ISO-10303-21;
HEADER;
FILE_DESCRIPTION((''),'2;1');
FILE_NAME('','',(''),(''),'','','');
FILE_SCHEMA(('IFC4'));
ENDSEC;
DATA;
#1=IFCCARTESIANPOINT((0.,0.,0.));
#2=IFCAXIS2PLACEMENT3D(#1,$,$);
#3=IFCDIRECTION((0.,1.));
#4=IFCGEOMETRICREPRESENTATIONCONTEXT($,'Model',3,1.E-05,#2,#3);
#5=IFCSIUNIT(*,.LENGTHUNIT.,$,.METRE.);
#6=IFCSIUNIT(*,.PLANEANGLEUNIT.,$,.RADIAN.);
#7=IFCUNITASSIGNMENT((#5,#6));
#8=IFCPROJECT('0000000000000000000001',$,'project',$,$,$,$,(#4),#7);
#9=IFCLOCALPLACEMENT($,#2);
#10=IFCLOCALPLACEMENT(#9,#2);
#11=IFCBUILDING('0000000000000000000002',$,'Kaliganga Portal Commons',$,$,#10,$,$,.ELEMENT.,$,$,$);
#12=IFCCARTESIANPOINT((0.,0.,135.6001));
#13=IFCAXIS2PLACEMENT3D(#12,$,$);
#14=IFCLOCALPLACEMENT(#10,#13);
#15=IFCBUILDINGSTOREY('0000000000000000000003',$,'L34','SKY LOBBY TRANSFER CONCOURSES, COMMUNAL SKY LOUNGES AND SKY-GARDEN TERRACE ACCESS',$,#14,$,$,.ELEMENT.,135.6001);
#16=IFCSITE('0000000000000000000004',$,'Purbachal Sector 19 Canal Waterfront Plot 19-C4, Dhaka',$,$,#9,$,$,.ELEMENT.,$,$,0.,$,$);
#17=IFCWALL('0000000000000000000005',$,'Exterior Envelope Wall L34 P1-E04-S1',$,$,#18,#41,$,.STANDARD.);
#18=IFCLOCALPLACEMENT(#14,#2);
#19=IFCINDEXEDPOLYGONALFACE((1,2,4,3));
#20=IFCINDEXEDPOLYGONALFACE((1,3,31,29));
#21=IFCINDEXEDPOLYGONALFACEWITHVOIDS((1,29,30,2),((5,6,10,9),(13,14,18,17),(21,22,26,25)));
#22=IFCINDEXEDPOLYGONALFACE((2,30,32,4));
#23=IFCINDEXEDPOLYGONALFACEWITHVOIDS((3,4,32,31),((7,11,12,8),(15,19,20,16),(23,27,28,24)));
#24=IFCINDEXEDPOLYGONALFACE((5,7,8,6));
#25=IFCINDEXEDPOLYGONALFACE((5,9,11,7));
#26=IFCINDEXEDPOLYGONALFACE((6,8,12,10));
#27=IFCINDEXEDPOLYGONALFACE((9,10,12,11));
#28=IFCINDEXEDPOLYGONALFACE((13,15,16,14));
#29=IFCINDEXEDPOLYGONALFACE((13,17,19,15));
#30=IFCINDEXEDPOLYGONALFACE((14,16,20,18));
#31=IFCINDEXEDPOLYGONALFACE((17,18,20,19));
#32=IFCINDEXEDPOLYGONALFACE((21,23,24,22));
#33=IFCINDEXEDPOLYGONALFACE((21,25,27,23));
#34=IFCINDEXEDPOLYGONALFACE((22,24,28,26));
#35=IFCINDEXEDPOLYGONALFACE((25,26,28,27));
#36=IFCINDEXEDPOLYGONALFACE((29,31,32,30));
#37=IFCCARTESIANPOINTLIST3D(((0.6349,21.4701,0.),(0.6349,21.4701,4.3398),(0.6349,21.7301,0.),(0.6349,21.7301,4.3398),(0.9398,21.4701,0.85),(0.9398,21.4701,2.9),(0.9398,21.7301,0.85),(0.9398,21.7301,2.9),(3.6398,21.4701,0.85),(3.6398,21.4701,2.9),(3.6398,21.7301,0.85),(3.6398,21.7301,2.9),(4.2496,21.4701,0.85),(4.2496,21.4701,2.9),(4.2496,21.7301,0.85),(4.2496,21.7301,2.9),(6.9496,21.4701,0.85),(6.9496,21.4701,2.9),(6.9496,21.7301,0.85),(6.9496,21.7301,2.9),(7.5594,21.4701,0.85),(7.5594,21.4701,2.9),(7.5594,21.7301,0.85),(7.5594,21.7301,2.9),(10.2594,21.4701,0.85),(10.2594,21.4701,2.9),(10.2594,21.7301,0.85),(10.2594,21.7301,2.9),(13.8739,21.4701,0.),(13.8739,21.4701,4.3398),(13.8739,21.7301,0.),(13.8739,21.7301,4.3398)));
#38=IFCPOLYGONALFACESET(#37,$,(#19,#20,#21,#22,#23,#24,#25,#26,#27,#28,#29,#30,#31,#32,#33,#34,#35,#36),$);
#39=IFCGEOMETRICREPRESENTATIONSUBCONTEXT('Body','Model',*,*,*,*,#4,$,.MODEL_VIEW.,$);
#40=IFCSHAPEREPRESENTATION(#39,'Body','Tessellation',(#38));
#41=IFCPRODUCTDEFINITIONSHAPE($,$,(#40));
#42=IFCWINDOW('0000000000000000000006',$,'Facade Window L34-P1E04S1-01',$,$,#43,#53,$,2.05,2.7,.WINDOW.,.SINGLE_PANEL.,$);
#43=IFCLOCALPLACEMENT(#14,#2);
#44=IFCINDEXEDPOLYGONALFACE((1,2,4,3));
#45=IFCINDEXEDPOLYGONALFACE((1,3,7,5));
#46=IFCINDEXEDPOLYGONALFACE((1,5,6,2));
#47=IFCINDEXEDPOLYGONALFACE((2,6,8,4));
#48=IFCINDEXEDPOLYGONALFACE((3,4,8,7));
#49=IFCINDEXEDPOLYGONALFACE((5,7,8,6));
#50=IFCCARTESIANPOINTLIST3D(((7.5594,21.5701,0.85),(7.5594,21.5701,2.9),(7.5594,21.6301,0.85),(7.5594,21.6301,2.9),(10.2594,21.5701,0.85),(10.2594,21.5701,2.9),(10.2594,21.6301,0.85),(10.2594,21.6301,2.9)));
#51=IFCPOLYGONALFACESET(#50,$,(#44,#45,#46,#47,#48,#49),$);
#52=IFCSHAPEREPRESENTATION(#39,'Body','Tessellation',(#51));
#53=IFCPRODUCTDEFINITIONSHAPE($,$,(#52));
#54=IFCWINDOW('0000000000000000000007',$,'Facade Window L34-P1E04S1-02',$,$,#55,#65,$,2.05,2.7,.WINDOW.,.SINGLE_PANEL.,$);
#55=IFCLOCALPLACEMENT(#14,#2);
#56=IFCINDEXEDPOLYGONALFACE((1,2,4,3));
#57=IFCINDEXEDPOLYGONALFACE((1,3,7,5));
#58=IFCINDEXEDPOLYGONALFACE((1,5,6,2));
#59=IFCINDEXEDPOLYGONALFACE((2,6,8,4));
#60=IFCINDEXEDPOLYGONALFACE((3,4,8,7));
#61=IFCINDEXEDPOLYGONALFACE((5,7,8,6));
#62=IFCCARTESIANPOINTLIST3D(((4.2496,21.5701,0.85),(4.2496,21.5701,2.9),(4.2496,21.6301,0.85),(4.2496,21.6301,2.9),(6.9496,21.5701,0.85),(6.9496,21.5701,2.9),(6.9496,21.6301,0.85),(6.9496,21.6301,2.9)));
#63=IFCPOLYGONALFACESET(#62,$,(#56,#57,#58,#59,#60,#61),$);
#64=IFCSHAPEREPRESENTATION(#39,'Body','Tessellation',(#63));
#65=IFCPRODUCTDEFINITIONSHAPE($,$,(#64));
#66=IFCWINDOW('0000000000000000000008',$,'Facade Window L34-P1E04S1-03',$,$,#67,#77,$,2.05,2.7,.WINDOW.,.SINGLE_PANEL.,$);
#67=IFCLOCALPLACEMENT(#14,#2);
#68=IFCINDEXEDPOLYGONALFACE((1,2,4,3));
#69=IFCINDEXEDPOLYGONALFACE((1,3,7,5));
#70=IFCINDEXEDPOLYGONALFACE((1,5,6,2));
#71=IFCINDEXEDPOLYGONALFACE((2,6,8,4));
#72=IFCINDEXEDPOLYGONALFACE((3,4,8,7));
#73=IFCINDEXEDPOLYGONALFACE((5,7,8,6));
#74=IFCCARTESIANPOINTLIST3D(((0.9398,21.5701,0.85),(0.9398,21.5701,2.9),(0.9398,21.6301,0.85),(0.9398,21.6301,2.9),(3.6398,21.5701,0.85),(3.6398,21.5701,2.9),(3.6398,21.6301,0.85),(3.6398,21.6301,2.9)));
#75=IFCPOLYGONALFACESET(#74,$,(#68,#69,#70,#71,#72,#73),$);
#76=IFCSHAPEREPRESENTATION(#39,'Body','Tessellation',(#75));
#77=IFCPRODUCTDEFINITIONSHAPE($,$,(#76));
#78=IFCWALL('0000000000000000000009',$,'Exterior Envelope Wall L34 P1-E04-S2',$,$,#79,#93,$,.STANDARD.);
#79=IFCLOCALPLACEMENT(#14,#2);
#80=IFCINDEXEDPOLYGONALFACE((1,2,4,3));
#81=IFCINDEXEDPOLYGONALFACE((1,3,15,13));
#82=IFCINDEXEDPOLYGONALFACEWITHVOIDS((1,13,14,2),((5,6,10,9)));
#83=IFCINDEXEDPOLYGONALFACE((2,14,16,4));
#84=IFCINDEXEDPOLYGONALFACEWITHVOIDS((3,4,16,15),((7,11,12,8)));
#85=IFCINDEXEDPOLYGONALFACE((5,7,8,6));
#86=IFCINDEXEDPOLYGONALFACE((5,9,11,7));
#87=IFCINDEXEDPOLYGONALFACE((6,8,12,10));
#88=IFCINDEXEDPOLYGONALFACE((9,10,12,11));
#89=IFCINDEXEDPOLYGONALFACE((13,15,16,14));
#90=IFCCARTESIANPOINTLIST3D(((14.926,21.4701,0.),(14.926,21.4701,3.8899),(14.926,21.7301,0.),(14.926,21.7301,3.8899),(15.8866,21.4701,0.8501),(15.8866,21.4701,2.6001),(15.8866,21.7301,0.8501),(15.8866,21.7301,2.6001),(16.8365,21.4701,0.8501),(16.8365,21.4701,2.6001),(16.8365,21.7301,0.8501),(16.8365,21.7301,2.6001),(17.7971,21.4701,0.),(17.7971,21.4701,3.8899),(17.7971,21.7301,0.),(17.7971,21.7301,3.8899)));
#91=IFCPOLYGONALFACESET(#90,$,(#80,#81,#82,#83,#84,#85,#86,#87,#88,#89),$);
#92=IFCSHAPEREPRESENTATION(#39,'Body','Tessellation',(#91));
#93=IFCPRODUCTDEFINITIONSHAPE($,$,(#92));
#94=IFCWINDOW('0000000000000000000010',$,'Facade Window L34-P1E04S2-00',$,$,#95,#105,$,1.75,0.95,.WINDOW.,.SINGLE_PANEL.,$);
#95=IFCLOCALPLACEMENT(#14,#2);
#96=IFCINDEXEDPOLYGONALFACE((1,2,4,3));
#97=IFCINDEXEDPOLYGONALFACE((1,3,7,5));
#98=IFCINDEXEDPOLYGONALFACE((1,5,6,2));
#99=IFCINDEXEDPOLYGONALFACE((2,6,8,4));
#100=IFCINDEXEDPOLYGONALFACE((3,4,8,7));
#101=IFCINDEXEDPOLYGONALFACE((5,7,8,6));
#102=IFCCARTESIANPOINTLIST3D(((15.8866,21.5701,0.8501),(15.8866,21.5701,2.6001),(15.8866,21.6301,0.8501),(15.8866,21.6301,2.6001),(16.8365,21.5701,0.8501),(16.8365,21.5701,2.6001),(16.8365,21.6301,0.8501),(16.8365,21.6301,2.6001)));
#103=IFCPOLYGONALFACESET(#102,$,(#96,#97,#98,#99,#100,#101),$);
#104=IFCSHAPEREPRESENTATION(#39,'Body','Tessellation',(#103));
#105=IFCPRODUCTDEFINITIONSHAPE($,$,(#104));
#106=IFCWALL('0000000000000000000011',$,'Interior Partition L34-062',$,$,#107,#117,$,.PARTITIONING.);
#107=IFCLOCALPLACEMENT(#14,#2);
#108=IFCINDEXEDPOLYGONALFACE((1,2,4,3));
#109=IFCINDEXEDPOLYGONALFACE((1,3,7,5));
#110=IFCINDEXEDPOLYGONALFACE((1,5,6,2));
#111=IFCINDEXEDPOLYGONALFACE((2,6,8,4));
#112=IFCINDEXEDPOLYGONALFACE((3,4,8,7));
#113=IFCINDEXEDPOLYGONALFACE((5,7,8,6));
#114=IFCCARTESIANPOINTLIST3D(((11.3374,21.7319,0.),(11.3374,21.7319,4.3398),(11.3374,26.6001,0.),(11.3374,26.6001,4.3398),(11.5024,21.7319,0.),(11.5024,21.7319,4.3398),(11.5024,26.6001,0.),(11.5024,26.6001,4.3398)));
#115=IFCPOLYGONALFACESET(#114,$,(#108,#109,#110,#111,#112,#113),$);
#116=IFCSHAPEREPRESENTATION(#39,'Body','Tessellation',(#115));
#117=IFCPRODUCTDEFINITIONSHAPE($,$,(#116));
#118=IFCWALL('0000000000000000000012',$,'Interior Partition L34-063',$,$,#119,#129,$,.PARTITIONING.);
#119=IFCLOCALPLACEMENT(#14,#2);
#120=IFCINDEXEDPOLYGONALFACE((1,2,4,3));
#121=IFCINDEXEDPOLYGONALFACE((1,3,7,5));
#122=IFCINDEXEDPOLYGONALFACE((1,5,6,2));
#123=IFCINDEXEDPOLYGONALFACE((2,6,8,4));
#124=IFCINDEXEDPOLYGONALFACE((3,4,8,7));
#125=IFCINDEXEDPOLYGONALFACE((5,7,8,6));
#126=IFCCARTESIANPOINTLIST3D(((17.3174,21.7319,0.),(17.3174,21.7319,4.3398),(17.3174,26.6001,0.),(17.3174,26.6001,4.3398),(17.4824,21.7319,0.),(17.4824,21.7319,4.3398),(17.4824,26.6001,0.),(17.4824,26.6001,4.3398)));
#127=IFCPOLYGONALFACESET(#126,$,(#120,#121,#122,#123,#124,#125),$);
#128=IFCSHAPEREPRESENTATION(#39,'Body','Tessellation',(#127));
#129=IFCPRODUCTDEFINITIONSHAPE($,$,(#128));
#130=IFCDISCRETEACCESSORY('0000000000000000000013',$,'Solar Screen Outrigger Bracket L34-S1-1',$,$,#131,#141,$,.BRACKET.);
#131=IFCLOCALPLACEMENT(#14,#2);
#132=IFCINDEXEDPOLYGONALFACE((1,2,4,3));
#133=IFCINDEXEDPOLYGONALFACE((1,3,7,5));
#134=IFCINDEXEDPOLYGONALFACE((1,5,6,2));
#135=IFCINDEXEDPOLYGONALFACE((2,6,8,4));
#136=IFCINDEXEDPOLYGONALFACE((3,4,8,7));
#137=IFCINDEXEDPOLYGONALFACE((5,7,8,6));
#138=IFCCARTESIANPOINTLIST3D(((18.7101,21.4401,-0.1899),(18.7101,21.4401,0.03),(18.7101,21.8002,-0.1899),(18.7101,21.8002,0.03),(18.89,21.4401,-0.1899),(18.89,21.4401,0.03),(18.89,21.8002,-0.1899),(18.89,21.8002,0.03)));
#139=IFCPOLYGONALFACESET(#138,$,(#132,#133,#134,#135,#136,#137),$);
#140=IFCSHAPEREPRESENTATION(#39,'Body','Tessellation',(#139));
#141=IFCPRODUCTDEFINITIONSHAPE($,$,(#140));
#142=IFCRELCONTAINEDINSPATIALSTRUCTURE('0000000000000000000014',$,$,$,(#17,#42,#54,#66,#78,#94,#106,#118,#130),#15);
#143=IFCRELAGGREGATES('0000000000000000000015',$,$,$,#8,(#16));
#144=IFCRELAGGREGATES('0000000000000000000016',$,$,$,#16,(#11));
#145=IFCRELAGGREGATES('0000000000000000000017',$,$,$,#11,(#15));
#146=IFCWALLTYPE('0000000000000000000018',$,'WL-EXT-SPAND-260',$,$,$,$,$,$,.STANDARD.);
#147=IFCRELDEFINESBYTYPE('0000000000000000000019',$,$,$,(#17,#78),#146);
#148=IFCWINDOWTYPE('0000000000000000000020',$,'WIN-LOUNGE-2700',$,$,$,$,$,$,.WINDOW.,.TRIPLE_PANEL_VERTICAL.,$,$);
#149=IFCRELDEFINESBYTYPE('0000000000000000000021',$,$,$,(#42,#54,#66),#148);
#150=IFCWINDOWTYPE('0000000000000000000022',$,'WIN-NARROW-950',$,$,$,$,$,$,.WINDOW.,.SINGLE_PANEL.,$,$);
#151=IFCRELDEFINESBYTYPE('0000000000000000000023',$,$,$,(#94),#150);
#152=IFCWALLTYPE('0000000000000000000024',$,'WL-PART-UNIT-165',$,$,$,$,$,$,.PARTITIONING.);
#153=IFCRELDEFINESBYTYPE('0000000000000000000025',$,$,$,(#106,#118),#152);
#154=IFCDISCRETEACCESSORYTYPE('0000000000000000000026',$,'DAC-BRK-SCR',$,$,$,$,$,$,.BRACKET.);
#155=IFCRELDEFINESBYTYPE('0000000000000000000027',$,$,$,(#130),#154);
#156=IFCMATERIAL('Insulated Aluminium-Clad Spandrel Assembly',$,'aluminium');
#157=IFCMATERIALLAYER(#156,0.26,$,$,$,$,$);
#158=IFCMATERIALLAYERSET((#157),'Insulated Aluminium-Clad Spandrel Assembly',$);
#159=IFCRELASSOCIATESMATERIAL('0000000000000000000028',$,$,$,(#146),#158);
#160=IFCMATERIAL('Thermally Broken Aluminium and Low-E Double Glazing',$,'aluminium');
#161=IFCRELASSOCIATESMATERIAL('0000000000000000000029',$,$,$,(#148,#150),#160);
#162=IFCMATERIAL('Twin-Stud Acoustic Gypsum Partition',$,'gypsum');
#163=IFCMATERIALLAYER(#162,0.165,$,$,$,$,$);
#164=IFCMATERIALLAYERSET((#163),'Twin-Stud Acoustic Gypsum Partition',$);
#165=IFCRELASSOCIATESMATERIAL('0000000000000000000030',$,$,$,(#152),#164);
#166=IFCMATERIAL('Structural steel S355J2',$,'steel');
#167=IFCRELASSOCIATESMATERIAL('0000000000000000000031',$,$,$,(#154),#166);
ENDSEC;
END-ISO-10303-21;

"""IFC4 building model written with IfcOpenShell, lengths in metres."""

from ifc_helpers import new_model, si_unit, direction, frame, frame_2d, origin, origin_2d, place, context, subcontext, project, spatial, rectangle, extrude, source, transform, mapped, material, layer, layer_set, type_object, element, fill, save


model = new_model("IFC4")

# Units and contexts
model_context = context("Model", 3, precision=1e-05, world=origin(), true_north=direction((0.0, 1.0)))
body_context = subcontext(model_context, "Body", "Model", "MODEL_VIEW")
ifc_project = project(units=[si_unit("LENGTHUNIT", "METRE"), si_unit("PLANEANGLEUNIT", "RADIAN")], contexts=[model_context])

# Site, building, storey
site_placement = place(None, origin())
site = spatial("IfcSite", under=ifc_project, at=site_placement, Name="Purbachal Sector 19 Canal Waterfront Plot 19-C4, Dhaka", CompositionType="ELEMENT", RefElevation=0.0)
building_placement = place(site_placement, origin())
building = spatial("IfcBuilding", under=site, at=building_placement, Name="Kaliganga Portal Commons", CompositionType="ELEMENT")
storey_placement = place(building_placement, frame((0.0, 0.0, 135.6001)))
storey = spatial("IfcBuildingStorey", under=building, at=storey_placement, Name="L34", Description="SKY LOBBY TRANSFER CONCOURSES, COMMUNAL SKY LOUNGES AND SKY-GARDEN TERRACE ACCESS", CompositionType="ELEMENT", Elevation=135.6001)

# Shared definitions
ifc_material_1 = material(Name="Structural steel S355J2", Category="steel")

# Wall, openings, windows
ifc_material_2 = material(Name="Insulated Aluminium-Clad Spandrel Assembly", Category="aluminium")
ifc_layer_1 = layer(ifc_material_2, 0.26)
ifc_layer_set_1 = layer_set([ifc_layer_1], Name="Insulated Aluminium-Clad Spandrel Assembly")
wall_type_1 = type_object("IfcWallType", Name="WL-EXT-SPAND-260", PredefinedType="STANDARD", material=ifc_layer_set_1)
ifc_material_3 = material(Name="Thermally Broken Aluminium and Low-E Double Glazing", Category="aluminium")
window_type_1 = type_object("IfcWindowType", Name="WIN-LOUNGE-2700", PartitioningType="TRIPLE_PANEL_VERTICAL", PredefinedType="WINDOW", material=ifc_material_3)
window_type_2 = type_object("IfcWindowType", Name="WIN-NARROW-950", PartitioningType="SINGLE_PANEL", PredefinedType="WINDOW", material=ifc_material_3)
wall_1_placement = place(storey_placement, frame((13.874, 21.6001, 0.0), z_axis=(0.0, 0.0, 1.0), x_axis=(-1.0, 0.0, 0.0)))
wall_1 = element("IfcWall", 1, at=wall_1_placement, inside=storey, type_object=wall_type_1, Name="Exterior Envelope Wall L34 P1-E04-S1", PredefinedType="STANDARD", context=body_context, shape_type="SweptSolid", body=[
    extrude(rectangle(XDim=13.239, YDim=0.26, at=frame_2d((6.6196, 0.0))), origin(), (0.0, 0.0, 1.0), 4.3398),
])
opening_1_placement = place(wall_1_placement, frame((3.6145, 0.0, 0.8501)))
opening_1 = element("IfcOpeningElement", 2, at=opening_1_placement, cuts=wall_1, PredefinedType="OPENING", context=body_context, shape_type="SweptSolid", body=[
    extrude(rectangle(XDim=2.7, YDim=2.05, at=frame_2d((1.3501, 1.0249))), frame((0.0, 0.1401, 0.0), z_axis=(0.0, -1.0, 0.0), x_axis=(1.0, 0.0, 0.0)), (0.0, 0.0, 1.0), 0.28),
])
opening_2_placement = place(wall_1_placement, frame((6.9243, 0.0, 0.8501)))
opening_2 = element("IfcOpeningElement", 3, at=opening_2_placement, cuts=wall_1, PredefinedType="OPENING", context=body_context, shape_type="SweptSolid", body=[
    extrude(rectangle(XDim=2.7, YDim=2.05, at=frame_2d((1.3501, 1.0249))), frame((0.0, 0.1401, 0.0), z_axis=(0.0, -1.0, 0.0), x_axis=(1.0, 0.0, 0.0)), (0.0, 0.0, 1.0), 0.28),
])
opening_3_placement = place(wall_1_placement, frame((10.2341, 0.0, 0.8501)))
opening_3 = element("IfcOpeningElement", 4, at=opening_3_placement, cuts=wall_1, PredefinedType="OPENING", context=body_context, shape_type="SweptSolid", body=[
    extrude(rectangle(XDim=2.7, YDim=2.05, at=frame_2d((1.3501, 1.0249))), frame((0.0, 0.1401, 0.0), z_axis=(0.0, -1.0, 0.0), x_axis=(1.0, 0.0, 0.0)), (0.0, 0.0, 1.0), 0.28),
])
window_1_placement = place(opening_1_placement, origin())
window_1 = element("IfcWindow", 5, at=window_1_placement, inside=storey, type_object=window_type_1, Name="Facade Window L34-P1E04S1-01", OverallHeight=2.05, OverallWidth=2.7, PartitioningType="SINGLE_PANEL", PredefinedType="WINDOW", context=body_context, shape_type="SweptSolid", body=[
    extrude(rectangle(XDim=2.7, YDim=2.05, at=frame_2d((1.3501, 1.0249))), frame((0.0, 0.03, 0.0), z_axis=(0.0, -1.0, 0.0), x_axis=(1.0, 0.0, 0.0)), (0.0, 0.0, 1.0), 0.0601),
])
fill(opening_1, window_1)
window_2_placement = place(opening_2_placement, origin())
window_2 = element("IfcWindow", 6, at=window_2_placement, inside=storey, type_object=window_type_1, Name="Facade Window L34-P1E04S1-02", OverallHeight=2.05, OverallWidth=2.7, PartitioningType="SINGLE_PANEL", PredefinedType="WINDOW", context=body_context, shape_type="SweptSolid", body=[
    extrude(rectangle(XDim=2.7, YDim=2.05, at=frame_2d((1.3501, 1.0249))), frame((0.0, 0.03, 0.0), z_axis=(0.0, -1.0, 0.0), x_axis=(1.0, 0.0, 0.0)), (0.0, 0.0, 1.0), 0.0601),
])
fill(opening_2, window_2)
window_3_placement = place(opening_3_placement, origin())
window_3 = element("IfcWindow", 7, at=window_3_placement, inside=storey, type_object=window_type_1, Name="Facade Window L34-P1E04S1-03", OverallHeight=2.05, OverallWidth=2.7, PartitioningType="SINGLE_PANEL", PredefinedType="WINDOW", context=body_context, shape_type="SweptSolid", body=[
    extrude(rectangle(XDim=2.7, YDim=2.05, at=frame_2d((1.3501, 1.0249))), frame((0.0, 0.03, 0.0), z_axis=(0.0, -1.0, 0.0), x_axis=(1.0, 0.0, 0.0)), (0.0, 0.0, 1.0), 0.0601),
])
fill(opening_3, window_3)

# Wall, opening, window
wall_2_placement = place(storey_placement, frame((17.7971, 21.6001, 0.0), z_axis=(0.0, 0.0, 1.0), x_axis=(-1.0, 0.0, 0.0)))
wall_2 = element("IfcWall", 8, at=wall_2_placement, inside=storey, type_object=wall_type_1, Name="Exterior Envelope Wall L34 P1-E04-S2", PredefinedType="STANDARD", context=body_context, shape_type="SweptSolid", body=[
    extrude(rectangle(XDim=2.8711, YDim=0.26, at=frame_2d((1.4355, 0.0))), origin(), (0.0, 0.0, 1.0), 3.8899),
])
opening_4_placement = place(wall_2_placement, frame((0.9604, 0.0, 0.8501)))
opening_4 = element("IfcOpeningElement", 9, at=opening_4_placement, cuts=wall_2, PredefinedType="OPENING", context=body_context, shape_type="SweptSolid", body=[
    extrude(rectangle(XDim=0.95, YDim=1.75, at=frame_2d((0.4751, 0.875))), frame((0.0, 0.1401, 0.0), z_axis=(0.0, -1.0, 0.0), x_axis=(1.0, 0.0, 0.0)), (0.0, 0.0, 1.0), 0.28),
])
window_4_placement = place(opening_4_placement, origin())
window_4 = element("IfcWindow", 10, at=window_4_placement, inside=storey, type_object=window_type_2, Name="Facade Window L34-P1E04S2-00", OverallHeight=1.75, OverallWidth=0.95, PartitioningType="SINGLE_PANEL", PredefinedType="WINDOW", context=body_context, shape_type="SweptSolid", body=[
    extrude(rectangle(XDim=0.95, YDim=1.75, at=frame_2d((0.4751, 0.875))), frame((0.0, 0.03, 0.0), z_axis=(0.0, -1.0, 0.0), x_axis=(1.0, 0.0, 0.0)), (0.0, 0.0, 1.0), 0.0601),
])
fill(opening_4, window_4)

# Walls
ifc_material_4 = material(Name="Twin-Stud Acoustic Gypsum Partition", Category="gypsum")
ifc_layer_2 = layer(ifc_material_4, 0.165)
ifc_layer_set_2 = layer_set([ifc_layer_2], Name="Twin-Stud Acoustic Gypsum Partition")
wall_type_2 = type_object("IfcWallType", Name="WL-PART-UNIT-165", PredefinedType="PARTITIONING", material=ifc_layer_set_2)
for number, where, z_axis, x_axis, name in (
    (11, (11.4199, 21.7319, 0.0), (0.0, 0.0, 1.0), (0.0, 1.0, 0.0), "Interior Partition L34-062"),
    (12, (17.3999, 21.7319, 0.0), (0.0, 0.0, 1.0), (0.0, 1.0, 0.0), "Interior Partition L34-063"),
):
    element("IfcWall", number, at=place(storey_placement, frame(where, z_axis=z_axis, x_axis=x_axis)), inside=storey, type_object=wall_type_2, Name=name, PredefinedType="PARTITIONING", context=body_context, shape_type="SweptSolid", body=[
        extrude(rectangle(XDim=4.8682, YDim=0.165, at=frame_2d((2.4341, 0.0))), origin(), (0.0, 0.0, 1.0), 4.3398),
    ])

# Discrete accessory
discrete_accessory_type = type_object("IfcDiscreteAccessoryType", Name="DAC-BRK-SCR", PredefinedType="BRACKET", material=ifc_material_1)
shared_shape_1 = source(origin(), body_context, "Body", "SweptSolid", [
    extrude(rectangle(XDim=0.1799, YDim=0.3601, at=origin_2d()), origin(), (0.0, 0.0, 1.0), 0.22),
])
discrete_accessory_placement = place(storey_placement, frame((18.8, 21.6201, -0.1899), z_axis=(0.0, 0.0, 1.0), x_axis=(1.0, 0.0, 0.0)))
element("IfcDiscreteAccessory", 13, at=discrete_accessory_placement, inside=storey, type_object=discrete_accessory_type, Name="Solar Screen Outrigger Bracket L34-S1-1", PredefinedType="BRACKET", context=body_context, shape_type="MappedRepresentation", body=[
    mapped(shared_shape_1, transform((0.0, 0.0, 0.0), x_axis=(1.0, 0.0, 0.0), y_axis=(0.0, 1.0, 0.0), z_axis=(0.0, 0.0, 1.0), scale=1.0)),
])

save(model, "model.ifc")
